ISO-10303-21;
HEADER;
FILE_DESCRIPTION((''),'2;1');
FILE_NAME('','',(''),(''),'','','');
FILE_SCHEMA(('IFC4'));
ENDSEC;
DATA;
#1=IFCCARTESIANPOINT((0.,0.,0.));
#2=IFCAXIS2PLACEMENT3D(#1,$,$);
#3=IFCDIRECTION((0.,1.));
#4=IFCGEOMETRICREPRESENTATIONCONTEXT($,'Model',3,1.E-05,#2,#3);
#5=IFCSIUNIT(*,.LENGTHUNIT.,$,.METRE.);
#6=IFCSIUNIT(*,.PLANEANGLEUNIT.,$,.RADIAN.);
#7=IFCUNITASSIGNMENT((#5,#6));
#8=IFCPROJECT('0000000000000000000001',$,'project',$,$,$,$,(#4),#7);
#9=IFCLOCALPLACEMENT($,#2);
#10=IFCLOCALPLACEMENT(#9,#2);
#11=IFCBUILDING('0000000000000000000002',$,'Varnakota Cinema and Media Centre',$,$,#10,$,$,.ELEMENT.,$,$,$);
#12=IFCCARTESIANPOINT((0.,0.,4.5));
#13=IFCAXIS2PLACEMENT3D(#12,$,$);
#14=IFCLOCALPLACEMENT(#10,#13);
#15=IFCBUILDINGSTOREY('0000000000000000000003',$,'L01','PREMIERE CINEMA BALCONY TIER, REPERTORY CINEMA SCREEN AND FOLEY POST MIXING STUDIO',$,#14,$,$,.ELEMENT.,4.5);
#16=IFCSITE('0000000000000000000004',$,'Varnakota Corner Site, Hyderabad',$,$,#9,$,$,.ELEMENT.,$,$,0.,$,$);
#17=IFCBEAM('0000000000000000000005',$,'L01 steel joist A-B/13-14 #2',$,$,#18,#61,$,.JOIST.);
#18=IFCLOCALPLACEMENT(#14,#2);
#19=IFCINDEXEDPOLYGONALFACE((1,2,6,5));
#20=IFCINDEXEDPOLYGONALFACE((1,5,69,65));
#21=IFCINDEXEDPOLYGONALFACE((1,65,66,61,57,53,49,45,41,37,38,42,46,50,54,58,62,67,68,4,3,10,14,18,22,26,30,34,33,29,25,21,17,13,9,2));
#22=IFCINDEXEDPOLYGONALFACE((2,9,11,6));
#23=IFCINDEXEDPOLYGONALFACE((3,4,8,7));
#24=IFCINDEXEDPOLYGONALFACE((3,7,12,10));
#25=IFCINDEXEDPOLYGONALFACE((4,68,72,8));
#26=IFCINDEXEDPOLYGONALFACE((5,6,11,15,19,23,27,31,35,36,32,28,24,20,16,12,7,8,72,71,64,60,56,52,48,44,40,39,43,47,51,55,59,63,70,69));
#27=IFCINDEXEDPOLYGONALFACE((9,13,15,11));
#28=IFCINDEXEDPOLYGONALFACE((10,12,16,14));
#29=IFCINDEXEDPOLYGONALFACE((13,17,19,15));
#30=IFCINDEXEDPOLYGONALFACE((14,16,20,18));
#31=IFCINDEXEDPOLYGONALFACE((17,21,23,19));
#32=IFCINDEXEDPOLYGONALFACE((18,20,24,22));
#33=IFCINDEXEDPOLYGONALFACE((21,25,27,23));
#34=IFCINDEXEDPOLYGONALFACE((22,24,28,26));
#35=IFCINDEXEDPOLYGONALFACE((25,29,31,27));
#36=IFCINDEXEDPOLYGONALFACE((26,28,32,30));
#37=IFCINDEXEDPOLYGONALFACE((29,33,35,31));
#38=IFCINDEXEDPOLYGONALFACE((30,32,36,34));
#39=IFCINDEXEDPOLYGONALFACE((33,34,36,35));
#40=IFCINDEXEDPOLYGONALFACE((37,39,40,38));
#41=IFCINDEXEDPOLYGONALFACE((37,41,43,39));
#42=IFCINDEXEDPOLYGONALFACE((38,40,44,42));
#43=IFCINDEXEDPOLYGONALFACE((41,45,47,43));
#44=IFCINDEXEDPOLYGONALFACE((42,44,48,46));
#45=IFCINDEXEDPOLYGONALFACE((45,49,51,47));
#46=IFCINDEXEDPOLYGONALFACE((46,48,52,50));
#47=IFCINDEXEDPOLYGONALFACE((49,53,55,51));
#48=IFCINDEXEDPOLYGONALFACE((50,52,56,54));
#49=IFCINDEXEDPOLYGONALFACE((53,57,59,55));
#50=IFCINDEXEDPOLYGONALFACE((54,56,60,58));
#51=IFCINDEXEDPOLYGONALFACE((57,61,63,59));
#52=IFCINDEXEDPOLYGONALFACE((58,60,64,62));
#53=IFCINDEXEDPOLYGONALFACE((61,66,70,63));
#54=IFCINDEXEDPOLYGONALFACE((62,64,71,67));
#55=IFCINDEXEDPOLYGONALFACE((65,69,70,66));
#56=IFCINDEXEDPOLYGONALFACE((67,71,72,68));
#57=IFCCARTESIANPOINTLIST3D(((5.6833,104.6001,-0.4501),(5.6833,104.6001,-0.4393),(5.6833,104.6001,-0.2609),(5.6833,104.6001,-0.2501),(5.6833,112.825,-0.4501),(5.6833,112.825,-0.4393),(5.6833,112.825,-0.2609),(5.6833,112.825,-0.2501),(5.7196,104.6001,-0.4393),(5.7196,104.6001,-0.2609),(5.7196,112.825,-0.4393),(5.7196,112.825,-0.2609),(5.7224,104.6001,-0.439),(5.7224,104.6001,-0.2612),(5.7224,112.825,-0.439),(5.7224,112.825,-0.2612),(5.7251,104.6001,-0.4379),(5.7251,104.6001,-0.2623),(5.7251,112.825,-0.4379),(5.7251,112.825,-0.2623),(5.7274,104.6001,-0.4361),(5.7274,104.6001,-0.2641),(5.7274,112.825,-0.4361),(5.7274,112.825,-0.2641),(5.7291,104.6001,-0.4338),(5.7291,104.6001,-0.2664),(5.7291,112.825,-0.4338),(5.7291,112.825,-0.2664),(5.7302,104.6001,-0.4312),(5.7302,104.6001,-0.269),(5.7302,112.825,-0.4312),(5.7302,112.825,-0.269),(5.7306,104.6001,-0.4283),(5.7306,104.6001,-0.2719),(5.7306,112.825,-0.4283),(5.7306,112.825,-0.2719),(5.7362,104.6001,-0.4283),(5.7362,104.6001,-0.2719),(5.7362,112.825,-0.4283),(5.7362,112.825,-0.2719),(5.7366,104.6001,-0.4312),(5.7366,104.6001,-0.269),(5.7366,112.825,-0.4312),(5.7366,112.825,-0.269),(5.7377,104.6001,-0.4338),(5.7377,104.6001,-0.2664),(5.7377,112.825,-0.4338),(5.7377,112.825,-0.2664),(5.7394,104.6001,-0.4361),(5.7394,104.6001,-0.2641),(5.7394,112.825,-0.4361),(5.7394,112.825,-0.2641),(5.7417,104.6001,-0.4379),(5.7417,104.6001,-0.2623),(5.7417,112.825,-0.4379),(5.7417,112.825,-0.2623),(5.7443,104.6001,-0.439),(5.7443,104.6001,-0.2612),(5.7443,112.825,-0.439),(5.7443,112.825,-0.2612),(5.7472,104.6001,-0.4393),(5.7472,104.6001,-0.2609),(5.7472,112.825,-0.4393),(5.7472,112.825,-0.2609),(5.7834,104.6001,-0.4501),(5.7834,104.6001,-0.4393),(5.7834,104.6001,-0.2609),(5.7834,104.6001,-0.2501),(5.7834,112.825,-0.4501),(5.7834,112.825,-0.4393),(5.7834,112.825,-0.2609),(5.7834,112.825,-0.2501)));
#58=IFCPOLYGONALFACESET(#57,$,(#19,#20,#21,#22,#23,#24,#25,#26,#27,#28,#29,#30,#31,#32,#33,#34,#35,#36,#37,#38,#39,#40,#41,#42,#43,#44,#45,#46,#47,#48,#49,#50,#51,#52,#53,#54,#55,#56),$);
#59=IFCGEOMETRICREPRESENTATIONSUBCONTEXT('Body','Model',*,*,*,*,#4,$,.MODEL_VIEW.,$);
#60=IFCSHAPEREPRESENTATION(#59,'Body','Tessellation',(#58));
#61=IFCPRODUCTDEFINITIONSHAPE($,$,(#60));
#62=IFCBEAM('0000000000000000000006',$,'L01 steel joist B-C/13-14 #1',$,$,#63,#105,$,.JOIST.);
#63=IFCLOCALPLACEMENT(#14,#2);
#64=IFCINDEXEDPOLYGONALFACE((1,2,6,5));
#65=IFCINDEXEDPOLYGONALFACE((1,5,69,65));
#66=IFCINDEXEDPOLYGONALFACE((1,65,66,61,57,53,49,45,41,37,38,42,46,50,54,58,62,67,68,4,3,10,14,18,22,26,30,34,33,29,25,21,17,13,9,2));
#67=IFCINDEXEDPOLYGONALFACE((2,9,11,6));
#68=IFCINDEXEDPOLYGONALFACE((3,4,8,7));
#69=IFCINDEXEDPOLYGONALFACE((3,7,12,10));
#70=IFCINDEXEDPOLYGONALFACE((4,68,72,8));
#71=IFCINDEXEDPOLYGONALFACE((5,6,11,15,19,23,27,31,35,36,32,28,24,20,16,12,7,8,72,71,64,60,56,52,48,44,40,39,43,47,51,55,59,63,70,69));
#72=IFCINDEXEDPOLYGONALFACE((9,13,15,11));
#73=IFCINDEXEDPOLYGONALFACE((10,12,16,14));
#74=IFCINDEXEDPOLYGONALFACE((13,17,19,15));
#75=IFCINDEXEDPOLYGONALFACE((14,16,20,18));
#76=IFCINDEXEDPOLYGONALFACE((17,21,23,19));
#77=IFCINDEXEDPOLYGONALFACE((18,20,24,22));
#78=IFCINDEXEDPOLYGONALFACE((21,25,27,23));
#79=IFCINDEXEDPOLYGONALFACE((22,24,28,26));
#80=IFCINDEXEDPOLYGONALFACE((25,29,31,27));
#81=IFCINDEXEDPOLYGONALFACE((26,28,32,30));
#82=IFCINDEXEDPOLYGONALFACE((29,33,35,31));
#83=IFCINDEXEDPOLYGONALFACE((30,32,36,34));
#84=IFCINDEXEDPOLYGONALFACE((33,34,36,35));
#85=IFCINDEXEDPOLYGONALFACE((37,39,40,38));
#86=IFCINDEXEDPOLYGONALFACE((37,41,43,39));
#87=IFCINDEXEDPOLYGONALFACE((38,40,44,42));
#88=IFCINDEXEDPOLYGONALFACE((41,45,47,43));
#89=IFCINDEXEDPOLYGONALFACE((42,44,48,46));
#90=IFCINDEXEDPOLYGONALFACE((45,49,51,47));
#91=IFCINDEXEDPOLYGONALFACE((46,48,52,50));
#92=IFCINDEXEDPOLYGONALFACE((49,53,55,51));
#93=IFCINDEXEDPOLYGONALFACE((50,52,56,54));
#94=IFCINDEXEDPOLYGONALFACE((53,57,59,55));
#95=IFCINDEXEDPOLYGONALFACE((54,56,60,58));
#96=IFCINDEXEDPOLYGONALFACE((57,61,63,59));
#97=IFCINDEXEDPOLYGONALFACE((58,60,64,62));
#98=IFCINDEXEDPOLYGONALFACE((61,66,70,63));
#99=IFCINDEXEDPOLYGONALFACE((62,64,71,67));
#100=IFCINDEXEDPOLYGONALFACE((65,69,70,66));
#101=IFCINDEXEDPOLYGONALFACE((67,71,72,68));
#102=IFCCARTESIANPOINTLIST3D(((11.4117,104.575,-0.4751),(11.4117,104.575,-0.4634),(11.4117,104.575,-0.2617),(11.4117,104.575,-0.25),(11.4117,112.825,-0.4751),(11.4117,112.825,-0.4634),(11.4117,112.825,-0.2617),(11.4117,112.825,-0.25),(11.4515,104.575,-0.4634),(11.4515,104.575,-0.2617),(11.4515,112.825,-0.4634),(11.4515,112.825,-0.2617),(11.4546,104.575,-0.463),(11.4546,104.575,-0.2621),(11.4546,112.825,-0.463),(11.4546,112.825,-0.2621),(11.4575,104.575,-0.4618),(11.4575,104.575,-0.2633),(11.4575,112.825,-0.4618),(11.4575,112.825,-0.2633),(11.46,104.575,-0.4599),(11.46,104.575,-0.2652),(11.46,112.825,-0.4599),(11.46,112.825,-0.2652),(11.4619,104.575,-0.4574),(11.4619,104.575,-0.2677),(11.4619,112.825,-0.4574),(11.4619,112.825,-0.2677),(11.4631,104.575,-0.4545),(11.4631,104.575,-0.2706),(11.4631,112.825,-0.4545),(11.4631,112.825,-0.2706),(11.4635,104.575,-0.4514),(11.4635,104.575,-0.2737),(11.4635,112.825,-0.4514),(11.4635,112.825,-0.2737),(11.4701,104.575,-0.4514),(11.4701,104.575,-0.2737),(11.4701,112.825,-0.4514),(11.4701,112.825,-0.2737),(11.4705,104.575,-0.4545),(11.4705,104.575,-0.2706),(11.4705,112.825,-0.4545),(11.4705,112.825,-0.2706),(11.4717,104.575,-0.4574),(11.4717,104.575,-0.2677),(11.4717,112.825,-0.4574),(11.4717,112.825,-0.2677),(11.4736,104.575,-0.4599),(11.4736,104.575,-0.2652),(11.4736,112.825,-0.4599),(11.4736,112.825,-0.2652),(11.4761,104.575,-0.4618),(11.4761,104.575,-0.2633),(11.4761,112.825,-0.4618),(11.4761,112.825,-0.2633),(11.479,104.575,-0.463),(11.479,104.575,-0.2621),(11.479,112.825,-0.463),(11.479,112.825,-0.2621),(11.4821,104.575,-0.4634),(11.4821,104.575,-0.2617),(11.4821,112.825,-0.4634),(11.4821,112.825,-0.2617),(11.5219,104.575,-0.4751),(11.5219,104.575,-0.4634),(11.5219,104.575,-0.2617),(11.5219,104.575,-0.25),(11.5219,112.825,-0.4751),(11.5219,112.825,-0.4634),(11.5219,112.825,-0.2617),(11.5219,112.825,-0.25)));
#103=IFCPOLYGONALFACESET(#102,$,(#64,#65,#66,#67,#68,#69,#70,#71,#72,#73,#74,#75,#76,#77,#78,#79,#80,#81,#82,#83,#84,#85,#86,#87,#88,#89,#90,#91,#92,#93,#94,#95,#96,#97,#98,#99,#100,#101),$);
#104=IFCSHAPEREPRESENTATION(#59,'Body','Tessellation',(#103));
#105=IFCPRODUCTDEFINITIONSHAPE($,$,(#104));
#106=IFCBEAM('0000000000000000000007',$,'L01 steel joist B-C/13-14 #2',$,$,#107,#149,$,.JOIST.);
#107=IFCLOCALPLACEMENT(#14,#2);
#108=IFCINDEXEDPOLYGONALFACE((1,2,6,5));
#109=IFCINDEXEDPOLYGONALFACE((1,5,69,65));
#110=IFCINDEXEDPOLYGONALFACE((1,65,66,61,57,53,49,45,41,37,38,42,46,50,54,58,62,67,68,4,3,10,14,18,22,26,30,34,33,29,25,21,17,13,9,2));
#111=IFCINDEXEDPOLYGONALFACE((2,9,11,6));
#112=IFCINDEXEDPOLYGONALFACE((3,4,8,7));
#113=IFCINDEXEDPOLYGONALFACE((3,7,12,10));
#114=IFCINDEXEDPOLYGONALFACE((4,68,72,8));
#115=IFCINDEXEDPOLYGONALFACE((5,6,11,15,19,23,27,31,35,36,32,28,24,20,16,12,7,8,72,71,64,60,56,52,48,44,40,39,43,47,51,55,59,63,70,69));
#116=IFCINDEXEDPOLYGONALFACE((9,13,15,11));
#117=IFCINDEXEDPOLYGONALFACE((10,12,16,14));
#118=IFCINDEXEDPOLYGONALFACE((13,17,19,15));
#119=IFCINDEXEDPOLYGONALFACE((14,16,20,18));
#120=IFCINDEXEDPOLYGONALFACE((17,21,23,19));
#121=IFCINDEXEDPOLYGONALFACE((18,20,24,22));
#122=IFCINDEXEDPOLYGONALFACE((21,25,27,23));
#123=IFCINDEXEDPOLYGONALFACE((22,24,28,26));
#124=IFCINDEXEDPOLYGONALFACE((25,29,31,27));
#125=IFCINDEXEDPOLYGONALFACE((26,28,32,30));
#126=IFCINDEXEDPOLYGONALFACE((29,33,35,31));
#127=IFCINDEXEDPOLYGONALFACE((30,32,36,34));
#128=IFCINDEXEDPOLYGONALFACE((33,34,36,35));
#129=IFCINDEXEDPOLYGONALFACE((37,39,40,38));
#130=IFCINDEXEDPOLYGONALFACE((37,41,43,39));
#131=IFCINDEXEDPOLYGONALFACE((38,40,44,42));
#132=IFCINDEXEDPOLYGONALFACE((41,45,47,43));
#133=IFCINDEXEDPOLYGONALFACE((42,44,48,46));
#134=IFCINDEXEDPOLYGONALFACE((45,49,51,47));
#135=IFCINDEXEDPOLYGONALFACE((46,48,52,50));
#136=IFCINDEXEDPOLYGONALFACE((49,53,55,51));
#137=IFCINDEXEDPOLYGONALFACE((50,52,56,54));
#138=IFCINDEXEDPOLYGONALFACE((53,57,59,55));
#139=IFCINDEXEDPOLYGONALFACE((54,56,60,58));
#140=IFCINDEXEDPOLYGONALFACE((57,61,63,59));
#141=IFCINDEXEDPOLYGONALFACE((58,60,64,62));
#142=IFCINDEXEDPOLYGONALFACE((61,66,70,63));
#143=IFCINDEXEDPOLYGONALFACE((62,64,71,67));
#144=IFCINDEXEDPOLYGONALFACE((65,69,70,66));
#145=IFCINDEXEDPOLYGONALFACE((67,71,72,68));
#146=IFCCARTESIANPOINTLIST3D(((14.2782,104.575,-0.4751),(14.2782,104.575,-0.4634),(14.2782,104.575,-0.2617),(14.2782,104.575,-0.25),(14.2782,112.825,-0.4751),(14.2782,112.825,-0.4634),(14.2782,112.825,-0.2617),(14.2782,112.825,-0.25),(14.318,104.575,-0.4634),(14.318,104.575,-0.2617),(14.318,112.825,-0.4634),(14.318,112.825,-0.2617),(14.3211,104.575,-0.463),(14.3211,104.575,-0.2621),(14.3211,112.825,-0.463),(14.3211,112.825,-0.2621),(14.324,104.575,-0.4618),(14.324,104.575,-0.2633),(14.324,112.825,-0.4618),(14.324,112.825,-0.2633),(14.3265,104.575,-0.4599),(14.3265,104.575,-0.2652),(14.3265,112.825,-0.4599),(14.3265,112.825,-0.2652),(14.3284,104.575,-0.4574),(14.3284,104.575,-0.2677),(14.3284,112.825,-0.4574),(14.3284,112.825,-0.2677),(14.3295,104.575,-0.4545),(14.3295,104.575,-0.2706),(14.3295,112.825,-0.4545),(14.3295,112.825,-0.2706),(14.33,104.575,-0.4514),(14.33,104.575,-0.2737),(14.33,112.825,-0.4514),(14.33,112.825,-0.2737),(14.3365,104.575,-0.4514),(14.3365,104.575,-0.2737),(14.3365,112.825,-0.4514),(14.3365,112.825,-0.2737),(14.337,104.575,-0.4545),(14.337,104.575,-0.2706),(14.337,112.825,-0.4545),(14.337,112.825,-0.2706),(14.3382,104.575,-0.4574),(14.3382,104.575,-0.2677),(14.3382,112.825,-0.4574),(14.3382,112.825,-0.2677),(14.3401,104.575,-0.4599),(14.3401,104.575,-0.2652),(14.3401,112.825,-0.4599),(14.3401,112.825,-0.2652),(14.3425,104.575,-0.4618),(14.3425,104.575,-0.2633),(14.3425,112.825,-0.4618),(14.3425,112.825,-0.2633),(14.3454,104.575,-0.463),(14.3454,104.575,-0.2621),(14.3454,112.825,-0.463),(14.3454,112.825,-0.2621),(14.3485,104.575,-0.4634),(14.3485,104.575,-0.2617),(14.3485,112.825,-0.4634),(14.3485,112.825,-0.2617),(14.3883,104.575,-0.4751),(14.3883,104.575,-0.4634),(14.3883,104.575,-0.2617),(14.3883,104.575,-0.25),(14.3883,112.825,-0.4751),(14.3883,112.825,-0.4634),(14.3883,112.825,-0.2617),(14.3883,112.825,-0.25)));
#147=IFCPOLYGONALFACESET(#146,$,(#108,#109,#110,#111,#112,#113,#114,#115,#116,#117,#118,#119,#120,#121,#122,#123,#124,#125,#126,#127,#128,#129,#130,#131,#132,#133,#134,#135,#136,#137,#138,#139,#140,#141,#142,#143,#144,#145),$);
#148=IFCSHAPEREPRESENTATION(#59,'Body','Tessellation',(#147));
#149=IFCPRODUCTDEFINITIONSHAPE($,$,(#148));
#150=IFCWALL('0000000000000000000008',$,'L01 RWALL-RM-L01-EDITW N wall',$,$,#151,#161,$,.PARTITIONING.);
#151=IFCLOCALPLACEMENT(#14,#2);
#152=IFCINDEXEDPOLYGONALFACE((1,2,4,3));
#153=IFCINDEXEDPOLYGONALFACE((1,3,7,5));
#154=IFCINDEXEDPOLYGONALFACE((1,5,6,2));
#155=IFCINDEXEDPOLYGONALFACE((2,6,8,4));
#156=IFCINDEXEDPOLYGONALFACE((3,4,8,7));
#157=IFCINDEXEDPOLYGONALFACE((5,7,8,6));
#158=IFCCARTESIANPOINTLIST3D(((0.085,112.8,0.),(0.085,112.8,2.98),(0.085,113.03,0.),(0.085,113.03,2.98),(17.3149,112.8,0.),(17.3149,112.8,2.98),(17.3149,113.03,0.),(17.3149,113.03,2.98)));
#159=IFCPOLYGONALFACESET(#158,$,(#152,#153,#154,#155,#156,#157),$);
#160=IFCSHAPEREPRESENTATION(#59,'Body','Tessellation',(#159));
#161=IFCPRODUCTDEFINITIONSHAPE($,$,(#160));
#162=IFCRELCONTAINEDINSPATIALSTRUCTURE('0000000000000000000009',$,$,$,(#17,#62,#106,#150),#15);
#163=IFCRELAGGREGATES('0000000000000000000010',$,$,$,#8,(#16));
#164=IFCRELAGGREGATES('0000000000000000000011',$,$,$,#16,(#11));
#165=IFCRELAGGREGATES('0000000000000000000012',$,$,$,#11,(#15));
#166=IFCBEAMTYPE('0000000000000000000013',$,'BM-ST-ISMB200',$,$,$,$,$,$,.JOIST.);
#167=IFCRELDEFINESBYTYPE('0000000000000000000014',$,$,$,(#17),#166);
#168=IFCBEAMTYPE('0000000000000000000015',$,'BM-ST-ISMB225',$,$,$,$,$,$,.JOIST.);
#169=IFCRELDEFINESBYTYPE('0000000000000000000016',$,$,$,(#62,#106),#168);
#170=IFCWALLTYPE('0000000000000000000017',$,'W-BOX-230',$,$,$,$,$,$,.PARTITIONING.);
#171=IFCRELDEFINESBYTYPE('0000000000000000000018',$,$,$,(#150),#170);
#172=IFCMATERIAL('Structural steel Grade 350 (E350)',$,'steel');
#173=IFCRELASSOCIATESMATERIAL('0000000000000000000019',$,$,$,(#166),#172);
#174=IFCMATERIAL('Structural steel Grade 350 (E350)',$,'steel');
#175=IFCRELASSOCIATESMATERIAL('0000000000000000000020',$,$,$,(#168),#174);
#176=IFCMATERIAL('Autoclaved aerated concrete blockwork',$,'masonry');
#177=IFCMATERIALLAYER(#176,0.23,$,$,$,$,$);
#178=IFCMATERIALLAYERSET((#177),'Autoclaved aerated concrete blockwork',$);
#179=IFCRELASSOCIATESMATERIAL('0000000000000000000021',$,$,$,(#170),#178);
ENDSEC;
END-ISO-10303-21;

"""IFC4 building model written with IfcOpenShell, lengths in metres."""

from ifc_helpers import new_model, si_unit, direction, frame, frame_2d, origin, origin_2d, place, context, subcontext, project, spatial, rectangle, i_section, extrude, material, layer, layer_set, material_profile, profile_set, type_object, element, save


model = new_model("IFC4")

# Units and contexts
model_context = context("Model", 3, precision=1e-05, world=origin(), true_north=direction((0.0, 1.0)))
body_context = subcontext(model_context, "Body", "Model", "MODEL_VIEW")
ifc_project = project(units=[si_unit("LENGTHUNIT", "METRE"), si_unit("PLANEANGLEUNIT", "RADIAN")], contexts=[model_context])

# Site, building, storey
site_placement = place(None, origin())
site = spatial("IfcSite", under=ifc_project, at=site_placement, Name="Varnakota Corner Site, Hyderabad", CompositionType="ELEMENT", RefElevation=0.0)
building_placement = place(site_placement, origin())
building = spatial("IfcBuilding", under=site, at=building_placement, Name="Varnakota Cinema and Media Centre", CompositionType="ELEMENT")
storey_placement = place(building_placement, frame((0.0, 0.0, 4.5)))
storey = spatial("IfcBuildingStorey", under=building, at=storey_placement, Name="L01", Description="PREMIERE CINEMA BALCONY TIER, REPERTORY CINEMA SCREEN AND FOLEY POST MIXING STUDIO", CompositionType="ELEMENT", Elevation=4.5)

# Beams
ifc_material_1 = material(Name="Structural steel Grade 350 (E350)", Category="steel")
ifc_material_profile_1 = material_profile(ifc_material_1, i_section(OverallWidth=0.1001, OverallDepth=0.2, WebThickness=0.0056, FlangeThickness=0.0107, FilletRadius=0.011, at=origin_2d()), Name="ISMB 200")
ifc_profile_set_1 = profile_set([ifc_material_profile_1], Name="Structural steel Grade 350 (E350)")
beam_type_1 = type_object("IfcBeamType", Name="BM-ST-ISMB200", PredefinedType="JOIST", material=ifc_profile_set_1)
for number, where, z_axis, x_axis, name in (
    (1, (5.7334, 104.6001, -0.3501), (0.0, 1.0, 0.0), (-1.0, 0.0, 0.0), "L01 steel joist A-B/13-14 #2"),
):
    element("IfcBeam", number, at=place(storey_placement, frame(where, z_axis=z_axis, x_axis=x_axis)), inside=storey, type_object=beam_type_1, Name=name, PredefinedType="JOIST", context=body_context, shape_type="SweptSolid", body=[
        extrude(i_section(OverallWidth=0.1001, OverallDepth=0.2, WebThickness=0.0056, FlangeThickness=0.0107, FilletRadius=0.011, at=origin_2d()), origin(), (0.0, 0.0, 1.0), 8.2249),
    ])
ifc_material_2 = material(Name="Structural steel Grade 350 (E350)", Category="steel")
ifc_material_profile_2 = material_profile(ifc_material_2, i_section(OverallWidth=0.1101, OverallDepth=0.2251, WebThickness=0.0066, FlangeThickness=0.0117, FilletRadius=0.012, at=origin_2d()), Name="ISMB 225")
ifc_profile_set_2 = profile_set([ifc_material_profile_2], Name="Structural steel Grade 350 (E350)")
beam_type_2 = type_object("IfcBeamType", Name="BM-ST-ISMB225", PredefinedType="JOIST", material=ifc_profile_set_2)
for number, where, z_axis, x_axis, name in (
    (2, (11.4668, 104.575, -0.3625), (0.0, 1.0, 0.0), (-1.0, 0.0, 0.0), "L01 steel joist B-C/13-14 #1"),
    (3, (14.3333, 104.575, -0.3625), (0.0, 1.0, 0.0), (-1.0, 0.0, 0.0), "L01 steel joist B-C/13-14 #2"),
):
    element("IfcBeam", number, at=place(storey_placement, frame(where, z_axis=z_axis, x_axis=x_axis)), inside=storey, type_object=beam_type_2, Name=name, PredefinedType="JOIST", context=body_context, shape_type="SweptSolid", body=[
        extrude(i_section(OverallWidth=0.1101, OverallDepth=0.2251, WebThickness=0.0066, FlangeThickness=0.0117, FilletRadius=0.012, at=origin_2d()), origin(), (0.0, 0.0, 1.0), 8.25),
    ])

# Wall
ifc_material_3 = material(Name="Autoclaved aerated concrete blockwork", Category="masonry")
ifc_layer_1 = layer(ifc_material_3, 0.23)
ifc_layer_set_1 = layer_set([ifc_layer_1], Name="Autoclaved aerated concrete blockwork")
wall_type_1 = type_object("IfcWallType", Name="W-BOX-230", PredefinedType="PARTITIONING", material=ifc_layer_set_1)
wall_1_placement = place(storey_placement, frame((0.085, 112.915, 0.0), z_axis=(0.0, 0.0, 1.0), x_axis=(1.0, 0.0, 0.0)))
element("IfcWall", 4, at=wall_1_placement, inside=storey, type_object=wall_type_1, Name="L01 RWALL-RM-L01-EDITW N wall", PredefinedType="PARTITIONING", context=body_context, shape_type="SweptSolid", body=[
    extrude(rectangle(XDim=17.23, YDim=0.23, at=frame_2d((8.615, 0.0))), origin(), (0.0, 0.0, 1.0), 2.98),
])

save(model, "model.ifc")
